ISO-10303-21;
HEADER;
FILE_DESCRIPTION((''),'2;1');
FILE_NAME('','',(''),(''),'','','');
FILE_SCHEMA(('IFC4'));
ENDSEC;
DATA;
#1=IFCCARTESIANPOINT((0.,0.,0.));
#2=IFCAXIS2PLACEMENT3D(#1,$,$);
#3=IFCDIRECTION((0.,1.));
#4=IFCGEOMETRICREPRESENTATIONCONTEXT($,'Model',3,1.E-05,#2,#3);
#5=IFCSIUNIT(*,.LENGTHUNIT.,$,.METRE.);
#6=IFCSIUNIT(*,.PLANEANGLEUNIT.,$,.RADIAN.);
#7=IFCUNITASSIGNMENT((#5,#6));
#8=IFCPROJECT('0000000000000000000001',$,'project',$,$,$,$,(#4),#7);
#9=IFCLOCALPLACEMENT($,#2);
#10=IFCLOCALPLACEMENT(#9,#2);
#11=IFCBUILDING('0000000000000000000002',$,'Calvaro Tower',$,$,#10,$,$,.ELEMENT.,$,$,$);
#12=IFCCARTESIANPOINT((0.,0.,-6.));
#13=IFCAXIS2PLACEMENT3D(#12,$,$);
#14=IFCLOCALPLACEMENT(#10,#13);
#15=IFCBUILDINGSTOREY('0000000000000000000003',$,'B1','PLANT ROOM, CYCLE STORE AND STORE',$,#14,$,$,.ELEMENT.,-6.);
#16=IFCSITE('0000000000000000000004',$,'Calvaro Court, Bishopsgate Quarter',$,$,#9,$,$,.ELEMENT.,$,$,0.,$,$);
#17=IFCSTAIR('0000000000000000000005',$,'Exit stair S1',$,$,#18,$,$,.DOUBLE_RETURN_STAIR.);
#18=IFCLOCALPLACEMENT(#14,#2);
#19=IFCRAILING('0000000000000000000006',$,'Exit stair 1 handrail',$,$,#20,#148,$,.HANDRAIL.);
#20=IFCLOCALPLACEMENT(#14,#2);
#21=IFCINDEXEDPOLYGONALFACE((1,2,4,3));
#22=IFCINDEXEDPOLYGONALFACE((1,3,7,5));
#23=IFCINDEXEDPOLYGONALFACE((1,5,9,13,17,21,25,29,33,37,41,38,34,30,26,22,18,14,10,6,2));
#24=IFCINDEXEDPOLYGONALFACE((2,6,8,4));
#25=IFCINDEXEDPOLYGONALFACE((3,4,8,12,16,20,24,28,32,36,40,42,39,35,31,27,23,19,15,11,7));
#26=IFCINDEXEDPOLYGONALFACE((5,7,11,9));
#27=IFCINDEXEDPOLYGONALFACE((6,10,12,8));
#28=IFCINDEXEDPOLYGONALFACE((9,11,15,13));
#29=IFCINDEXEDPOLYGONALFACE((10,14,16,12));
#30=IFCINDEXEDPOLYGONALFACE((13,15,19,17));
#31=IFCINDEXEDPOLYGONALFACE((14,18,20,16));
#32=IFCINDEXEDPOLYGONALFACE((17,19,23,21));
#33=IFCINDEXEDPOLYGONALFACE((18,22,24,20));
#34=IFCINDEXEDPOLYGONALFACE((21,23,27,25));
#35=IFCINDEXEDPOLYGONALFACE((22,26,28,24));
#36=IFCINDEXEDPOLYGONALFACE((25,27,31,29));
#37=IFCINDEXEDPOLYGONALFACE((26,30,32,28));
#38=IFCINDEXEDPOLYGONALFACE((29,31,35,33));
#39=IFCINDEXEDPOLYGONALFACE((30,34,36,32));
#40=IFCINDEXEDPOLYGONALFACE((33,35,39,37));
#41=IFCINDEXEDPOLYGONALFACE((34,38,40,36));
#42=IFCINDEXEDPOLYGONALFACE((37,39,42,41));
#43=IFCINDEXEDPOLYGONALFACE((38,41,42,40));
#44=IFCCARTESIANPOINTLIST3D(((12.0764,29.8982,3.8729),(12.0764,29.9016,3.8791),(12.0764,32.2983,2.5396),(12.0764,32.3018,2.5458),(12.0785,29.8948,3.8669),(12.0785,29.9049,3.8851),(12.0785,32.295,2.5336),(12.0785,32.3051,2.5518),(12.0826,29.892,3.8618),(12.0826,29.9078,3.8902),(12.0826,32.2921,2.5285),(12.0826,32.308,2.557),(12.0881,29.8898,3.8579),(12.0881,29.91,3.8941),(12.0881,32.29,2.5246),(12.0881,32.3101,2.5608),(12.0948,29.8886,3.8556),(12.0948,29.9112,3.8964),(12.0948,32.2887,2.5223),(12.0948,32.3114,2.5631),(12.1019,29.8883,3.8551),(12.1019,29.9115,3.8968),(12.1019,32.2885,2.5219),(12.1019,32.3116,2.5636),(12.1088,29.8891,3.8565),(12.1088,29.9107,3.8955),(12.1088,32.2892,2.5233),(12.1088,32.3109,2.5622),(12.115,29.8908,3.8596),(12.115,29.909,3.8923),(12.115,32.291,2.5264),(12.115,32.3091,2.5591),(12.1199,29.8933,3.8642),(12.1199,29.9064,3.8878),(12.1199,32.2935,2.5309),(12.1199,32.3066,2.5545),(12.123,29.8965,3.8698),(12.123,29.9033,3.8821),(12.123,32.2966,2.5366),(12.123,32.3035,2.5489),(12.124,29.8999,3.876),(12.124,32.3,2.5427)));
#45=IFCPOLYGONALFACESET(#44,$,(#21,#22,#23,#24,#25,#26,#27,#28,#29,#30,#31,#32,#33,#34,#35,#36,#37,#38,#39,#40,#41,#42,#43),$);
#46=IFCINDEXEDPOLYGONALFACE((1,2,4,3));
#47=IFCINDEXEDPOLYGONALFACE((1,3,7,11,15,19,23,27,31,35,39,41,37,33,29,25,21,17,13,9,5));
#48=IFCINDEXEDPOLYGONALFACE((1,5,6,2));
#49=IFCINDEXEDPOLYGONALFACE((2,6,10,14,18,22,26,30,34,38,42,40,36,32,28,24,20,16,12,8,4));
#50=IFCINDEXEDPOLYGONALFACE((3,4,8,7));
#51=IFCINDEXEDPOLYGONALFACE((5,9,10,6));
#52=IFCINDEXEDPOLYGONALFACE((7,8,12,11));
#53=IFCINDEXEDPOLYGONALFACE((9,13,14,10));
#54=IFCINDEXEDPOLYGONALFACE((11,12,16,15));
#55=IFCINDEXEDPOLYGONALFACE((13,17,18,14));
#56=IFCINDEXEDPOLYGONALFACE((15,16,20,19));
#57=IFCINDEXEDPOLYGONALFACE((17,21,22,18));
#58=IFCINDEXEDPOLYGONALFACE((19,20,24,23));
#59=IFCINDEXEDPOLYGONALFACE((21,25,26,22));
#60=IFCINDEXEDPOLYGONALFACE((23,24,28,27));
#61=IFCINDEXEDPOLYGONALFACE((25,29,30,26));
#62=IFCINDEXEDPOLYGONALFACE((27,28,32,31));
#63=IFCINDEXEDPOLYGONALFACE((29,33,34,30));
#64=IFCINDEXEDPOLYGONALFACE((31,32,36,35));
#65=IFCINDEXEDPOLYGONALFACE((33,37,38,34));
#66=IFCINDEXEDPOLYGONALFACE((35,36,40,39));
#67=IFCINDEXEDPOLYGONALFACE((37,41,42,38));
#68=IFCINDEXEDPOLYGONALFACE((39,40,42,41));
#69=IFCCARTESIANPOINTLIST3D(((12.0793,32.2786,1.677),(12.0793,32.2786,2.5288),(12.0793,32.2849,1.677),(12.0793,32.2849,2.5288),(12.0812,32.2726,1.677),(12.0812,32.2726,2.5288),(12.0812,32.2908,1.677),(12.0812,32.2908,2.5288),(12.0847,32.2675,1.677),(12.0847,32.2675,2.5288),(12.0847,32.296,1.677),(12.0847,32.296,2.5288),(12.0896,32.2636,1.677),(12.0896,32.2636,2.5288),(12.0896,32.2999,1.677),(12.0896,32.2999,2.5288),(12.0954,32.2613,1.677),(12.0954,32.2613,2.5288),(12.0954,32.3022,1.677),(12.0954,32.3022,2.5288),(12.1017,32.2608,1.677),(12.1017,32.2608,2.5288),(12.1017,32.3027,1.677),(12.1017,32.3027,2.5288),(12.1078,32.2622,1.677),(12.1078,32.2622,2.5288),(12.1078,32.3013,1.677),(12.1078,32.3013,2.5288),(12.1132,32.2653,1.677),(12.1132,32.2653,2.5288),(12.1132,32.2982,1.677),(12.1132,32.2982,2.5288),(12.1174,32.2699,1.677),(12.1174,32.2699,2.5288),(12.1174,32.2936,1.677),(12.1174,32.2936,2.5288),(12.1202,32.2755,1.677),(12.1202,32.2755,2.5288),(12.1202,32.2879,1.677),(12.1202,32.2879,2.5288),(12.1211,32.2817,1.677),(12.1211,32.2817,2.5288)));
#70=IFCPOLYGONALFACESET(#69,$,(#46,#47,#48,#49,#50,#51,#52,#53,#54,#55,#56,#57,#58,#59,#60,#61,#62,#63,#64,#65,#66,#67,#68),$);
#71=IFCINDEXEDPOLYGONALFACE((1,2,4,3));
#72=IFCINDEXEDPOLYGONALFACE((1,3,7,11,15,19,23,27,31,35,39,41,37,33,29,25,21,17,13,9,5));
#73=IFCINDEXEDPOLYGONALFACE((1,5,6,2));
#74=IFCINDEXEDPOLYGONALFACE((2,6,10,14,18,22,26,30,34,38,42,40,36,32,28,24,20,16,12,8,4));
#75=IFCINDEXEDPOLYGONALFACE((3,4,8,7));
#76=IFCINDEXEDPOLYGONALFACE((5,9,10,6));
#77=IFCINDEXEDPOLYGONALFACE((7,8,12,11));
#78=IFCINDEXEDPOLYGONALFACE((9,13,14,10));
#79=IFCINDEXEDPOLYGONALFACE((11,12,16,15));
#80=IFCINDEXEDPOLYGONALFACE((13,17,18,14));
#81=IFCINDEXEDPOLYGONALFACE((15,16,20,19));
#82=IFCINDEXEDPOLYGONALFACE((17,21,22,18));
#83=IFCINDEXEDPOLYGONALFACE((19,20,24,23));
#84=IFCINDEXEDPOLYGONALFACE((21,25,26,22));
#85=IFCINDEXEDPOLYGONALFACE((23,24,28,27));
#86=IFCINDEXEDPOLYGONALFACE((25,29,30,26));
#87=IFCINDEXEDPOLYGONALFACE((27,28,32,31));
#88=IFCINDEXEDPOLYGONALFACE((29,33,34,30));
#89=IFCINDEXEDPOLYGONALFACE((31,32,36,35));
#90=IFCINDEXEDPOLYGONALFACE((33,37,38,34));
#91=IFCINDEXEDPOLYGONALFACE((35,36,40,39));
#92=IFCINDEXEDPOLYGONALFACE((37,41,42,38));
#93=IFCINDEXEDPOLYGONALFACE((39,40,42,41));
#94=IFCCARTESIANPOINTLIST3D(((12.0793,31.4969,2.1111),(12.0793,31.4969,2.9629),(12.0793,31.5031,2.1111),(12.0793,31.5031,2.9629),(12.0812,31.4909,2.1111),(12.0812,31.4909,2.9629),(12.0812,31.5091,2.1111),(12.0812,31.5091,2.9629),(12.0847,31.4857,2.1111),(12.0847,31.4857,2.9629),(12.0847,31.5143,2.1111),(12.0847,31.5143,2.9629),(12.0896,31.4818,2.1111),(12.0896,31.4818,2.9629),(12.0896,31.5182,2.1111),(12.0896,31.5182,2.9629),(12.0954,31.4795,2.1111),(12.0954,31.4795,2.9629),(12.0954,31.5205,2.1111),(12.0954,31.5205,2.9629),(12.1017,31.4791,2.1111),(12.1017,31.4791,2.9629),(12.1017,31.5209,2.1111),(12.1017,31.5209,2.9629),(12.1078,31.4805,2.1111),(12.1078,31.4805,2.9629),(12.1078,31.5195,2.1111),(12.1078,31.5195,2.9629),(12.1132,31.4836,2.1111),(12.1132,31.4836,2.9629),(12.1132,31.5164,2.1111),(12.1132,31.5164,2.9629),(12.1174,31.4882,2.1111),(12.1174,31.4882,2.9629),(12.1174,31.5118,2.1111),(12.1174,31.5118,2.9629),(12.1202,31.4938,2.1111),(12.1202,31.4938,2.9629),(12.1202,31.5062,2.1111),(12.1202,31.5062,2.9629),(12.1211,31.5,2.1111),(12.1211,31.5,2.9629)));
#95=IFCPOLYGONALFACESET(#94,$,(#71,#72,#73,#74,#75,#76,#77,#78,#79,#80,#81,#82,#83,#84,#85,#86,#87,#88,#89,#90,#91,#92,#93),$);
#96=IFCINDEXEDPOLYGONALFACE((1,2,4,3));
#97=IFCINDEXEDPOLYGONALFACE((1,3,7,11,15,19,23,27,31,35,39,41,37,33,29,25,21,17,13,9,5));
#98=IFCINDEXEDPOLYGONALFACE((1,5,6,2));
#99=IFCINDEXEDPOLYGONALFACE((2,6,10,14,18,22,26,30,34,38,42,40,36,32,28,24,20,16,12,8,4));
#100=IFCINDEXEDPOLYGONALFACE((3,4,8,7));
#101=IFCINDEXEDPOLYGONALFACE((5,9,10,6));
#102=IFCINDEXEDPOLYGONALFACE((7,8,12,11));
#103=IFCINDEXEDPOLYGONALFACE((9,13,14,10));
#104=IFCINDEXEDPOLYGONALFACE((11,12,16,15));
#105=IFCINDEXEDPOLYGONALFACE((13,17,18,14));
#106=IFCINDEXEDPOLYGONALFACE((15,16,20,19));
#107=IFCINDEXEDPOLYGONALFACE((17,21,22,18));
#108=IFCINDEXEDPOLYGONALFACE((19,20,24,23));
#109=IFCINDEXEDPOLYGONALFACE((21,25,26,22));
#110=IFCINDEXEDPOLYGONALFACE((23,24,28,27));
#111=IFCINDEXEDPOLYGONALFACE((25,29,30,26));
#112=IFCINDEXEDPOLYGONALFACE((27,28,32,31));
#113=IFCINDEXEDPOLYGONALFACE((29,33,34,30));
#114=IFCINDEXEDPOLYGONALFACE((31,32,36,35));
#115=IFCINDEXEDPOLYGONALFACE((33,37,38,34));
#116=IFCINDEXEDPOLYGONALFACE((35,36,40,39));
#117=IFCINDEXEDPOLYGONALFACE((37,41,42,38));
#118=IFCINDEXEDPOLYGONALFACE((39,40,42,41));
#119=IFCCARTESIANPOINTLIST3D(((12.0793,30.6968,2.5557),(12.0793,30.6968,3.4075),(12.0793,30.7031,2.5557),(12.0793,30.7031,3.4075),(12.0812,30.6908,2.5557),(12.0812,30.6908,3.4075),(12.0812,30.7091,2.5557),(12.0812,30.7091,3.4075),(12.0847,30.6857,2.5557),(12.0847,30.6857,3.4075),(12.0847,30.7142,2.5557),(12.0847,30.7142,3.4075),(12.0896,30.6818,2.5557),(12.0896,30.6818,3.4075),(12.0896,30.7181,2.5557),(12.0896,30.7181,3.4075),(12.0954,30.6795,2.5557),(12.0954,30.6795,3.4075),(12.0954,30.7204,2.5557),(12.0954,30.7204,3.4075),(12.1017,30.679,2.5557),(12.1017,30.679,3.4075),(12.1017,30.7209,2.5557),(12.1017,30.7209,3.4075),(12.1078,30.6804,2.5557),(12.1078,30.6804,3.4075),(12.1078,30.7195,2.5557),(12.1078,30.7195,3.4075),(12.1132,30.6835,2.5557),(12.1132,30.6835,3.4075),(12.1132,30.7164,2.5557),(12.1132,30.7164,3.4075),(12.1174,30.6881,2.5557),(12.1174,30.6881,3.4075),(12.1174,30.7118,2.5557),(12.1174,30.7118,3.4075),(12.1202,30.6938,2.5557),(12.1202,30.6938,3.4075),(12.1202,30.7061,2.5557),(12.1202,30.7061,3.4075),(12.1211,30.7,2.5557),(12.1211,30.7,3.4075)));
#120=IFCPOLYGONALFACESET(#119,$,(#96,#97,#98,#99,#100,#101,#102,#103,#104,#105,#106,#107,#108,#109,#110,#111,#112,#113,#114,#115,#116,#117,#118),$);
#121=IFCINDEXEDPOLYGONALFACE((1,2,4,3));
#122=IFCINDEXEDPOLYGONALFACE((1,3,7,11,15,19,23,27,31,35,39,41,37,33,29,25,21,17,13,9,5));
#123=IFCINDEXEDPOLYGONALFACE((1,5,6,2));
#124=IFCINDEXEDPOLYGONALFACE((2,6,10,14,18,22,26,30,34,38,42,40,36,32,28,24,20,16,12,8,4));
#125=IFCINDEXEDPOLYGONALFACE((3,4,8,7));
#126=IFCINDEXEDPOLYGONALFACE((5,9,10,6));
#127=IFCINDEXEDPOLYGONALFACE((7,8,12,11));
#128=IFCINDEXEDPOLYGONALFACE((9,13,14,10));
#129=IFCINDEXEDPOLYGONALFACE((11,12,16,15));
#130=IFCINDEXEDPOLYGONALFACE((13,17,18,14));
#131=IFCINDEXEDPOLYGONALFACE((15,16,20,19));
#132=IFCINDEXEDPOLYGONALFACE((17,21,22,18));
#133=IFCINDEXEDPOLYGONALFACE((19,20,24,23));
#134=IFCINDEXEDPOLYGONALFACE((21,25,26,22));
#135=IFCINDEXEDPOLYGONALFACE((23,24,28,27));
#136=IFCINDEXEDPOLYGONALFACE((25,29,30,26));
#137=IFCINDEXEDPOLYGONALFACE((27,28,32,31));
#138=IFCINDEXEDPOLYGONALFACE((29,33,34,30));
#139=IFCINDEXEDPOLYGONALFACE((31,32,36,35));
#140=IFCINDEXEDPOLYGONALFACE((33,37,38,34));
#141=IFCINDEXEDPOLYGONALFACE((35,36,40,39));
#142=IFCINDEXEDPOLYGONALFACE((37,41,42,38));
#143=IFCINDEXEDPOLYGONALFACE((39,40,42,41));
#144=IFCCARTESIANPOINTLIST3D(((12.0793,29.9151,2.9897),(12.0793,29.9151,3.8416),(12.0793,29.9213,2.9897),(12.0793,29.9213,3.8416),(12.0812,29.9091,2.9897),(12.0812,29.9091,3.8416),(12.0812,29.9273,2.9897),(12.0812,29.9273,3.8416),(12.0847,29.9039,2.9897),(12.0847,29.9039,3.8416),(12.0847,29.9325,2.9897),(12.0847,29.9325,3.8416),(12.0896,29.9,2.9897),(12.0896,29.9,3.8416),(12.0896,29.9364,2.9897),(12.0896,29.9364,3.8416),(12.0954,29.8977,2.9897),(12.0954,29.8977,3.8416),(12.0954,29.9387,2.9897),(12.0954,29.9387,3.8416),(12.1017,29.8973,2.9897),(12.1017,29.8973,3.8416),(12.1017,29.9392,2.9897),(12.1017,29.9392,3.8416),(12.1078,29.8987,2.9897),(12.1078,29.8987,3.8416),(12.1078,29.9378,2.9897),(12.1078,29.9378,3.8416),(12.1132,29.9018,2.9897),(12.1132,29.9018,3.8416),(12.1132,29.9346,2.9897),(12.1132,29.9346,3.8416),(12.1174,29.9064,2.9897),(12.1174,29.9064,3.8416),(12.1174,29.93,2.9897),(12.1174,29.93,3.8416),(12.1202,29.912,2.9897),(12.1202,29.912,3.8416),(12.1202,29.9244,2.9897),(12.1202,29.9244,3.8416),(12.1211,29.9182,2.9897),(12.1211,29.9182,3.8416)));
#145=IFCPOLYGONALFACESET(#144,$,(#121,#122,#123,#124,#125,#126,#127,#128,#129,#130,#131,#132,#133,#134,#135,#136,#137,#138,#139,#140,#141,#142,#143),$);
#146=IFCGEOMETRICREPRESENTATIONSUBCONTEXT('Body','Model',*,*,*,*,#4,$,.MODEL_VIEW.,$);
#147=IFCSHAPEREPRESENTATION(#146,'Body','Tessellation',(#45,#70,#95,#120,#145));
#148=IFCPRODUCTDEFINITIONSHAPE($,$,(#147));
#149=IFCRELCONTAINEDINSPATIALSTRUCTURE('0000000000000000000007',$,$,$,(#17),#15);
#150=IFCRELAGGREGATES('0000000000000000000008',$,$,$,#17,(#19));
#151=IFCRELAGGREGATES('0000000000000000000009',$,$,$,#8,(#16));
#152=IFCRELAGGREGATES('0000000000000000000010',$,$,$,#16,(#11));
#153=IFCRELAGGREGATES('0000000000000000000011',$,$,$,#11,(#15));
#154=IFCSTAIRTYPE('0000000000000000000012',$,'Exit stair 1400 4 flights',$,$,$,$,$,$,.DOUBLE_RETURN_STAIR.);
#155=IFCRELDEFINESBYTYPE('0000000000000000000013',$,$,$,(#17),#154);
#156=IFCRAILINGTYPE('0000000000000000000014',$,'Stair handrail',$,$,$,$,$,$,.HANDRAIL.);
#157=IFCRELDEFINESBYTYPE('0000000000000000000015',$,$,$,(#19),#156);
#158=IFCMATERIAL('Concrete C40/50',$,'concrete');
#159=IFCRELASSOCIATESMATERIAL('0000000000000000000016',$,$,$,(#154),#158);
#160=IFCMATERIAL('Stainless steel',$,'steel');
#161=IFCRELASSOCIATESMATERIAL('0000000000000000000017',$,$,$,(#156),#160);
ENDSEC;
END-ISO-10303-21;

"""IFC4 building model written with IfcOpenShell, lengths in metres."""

from ifc_helpers import new_model, si_unit, direction, frame, origin, origin_2d, place, context, subcontext, project, spatial, circle, extrude, material, type_object, element, aggregate, save


model = new_model("IFC4")

# Units and contexts
model_context = context("Model", 3, precision=1e-05, world=origin(), true_north=direction((0.0, 1.0)))
body_context = subcontext(model_context, "Body", "Model", "MODEL_VIEW")
ifc_project = project(units=[si_unit("LENGTHUNIT", "METRE"), si_unit("PLANEANGLEUNIT", "RADIAN")], contexts=[model_context])

# Site, building, storey
site_placement = place(None, origin())
site = spatial("IfcSite", under=ifc_project, at=site_placement, Name="Calvaro Court, Bishopsgate Quarter", CompositionType="ELEMENT", RefElevation=0.0)
building_placement = place(site_placement, origin())
building = spatial("IfcBuilding", under=site, at=building_placement, Name="Calvaro Tower", CompositionType="ELEMENT")
storey_placement = place(building_placement, frame((0.0, 0.0, -6.0)))
storey = spatial("IfcBuildingStorey", under=building, at=storey_placement, Name="B1", Description="PLANT ROOM, CYCLE STORE AND STORE", CompositionType="ELEMENT", Elevation=-6.0)

# Stair, railing
ifc_material_1 = material(Name="Concrete C40/50", Category="concrete")
stair_type = type_object("IfcStairType", Name="Exit stair 1400 4 flights", PredefinedType="DOUBLE_RETURN_STAIR", material=ifc_material_1)
stair_placement = place(storey_placement, origin())
stair = element("IfcStair", 1, at=stair_placement, inside=storey, type_object=stair_type, Name="Exit stair S1", PredefinedType="DOUBLE_RETURN_STAIR")
ifc_material_2 = material(Name="Stainless steel", Category="steel")
railing_type = type_object("IfcRailingType", Name="Stair handrail", PredefinedType="HANDRAIL", material=ifc_material_2)
railing_1_placement = place(storey_placement, frame((12.1001, 32.3, 1.6667)))
railing_1 = element("IfcRailing", 2, at=railing_1_placement, type_object=railing_type, Name="Exit stair 1 handrail", PredefinedType="HANDRAIL", context=body_context, shape_type="SweptSolid", body=[
    extrude(circle(Radius=0.0239, at=origin_2d()), frame((0.0, 0.0, 0.876), z_axis=(0.0, -0.874182, 0.485598), x_axis=(1.0, 0.0, 0.0)), (0.0, 0.0, 1.0), 2.7456),
    extrude(circle(Radius=0.021, at=origin_2d()), frame((0.0, -0.0183, 0.0103)), (0.0, 0.0, 1.0), 0.8518),
    extrude(circle(Radius=0.021, at=origin_2d()), frame((0.0, -0.8, 0.4443)), (0.0, 0.0, 1.0), 0.8518),
    extrude(circle(Radius=0.021, at=origin_2d()), frame((0.0, -1.6001, 0.8889)), (0.0, 0.0, 1.0), 0.8518),
    extrude(circle(Radius=0.021, at=origin_2d()), frame((0.0, -2.3818, 1.323)), (0.0, 0.0, 1.0), 0.8518),
])
aggregate(stair, [railing_1])

save(model, "model.ifc")
